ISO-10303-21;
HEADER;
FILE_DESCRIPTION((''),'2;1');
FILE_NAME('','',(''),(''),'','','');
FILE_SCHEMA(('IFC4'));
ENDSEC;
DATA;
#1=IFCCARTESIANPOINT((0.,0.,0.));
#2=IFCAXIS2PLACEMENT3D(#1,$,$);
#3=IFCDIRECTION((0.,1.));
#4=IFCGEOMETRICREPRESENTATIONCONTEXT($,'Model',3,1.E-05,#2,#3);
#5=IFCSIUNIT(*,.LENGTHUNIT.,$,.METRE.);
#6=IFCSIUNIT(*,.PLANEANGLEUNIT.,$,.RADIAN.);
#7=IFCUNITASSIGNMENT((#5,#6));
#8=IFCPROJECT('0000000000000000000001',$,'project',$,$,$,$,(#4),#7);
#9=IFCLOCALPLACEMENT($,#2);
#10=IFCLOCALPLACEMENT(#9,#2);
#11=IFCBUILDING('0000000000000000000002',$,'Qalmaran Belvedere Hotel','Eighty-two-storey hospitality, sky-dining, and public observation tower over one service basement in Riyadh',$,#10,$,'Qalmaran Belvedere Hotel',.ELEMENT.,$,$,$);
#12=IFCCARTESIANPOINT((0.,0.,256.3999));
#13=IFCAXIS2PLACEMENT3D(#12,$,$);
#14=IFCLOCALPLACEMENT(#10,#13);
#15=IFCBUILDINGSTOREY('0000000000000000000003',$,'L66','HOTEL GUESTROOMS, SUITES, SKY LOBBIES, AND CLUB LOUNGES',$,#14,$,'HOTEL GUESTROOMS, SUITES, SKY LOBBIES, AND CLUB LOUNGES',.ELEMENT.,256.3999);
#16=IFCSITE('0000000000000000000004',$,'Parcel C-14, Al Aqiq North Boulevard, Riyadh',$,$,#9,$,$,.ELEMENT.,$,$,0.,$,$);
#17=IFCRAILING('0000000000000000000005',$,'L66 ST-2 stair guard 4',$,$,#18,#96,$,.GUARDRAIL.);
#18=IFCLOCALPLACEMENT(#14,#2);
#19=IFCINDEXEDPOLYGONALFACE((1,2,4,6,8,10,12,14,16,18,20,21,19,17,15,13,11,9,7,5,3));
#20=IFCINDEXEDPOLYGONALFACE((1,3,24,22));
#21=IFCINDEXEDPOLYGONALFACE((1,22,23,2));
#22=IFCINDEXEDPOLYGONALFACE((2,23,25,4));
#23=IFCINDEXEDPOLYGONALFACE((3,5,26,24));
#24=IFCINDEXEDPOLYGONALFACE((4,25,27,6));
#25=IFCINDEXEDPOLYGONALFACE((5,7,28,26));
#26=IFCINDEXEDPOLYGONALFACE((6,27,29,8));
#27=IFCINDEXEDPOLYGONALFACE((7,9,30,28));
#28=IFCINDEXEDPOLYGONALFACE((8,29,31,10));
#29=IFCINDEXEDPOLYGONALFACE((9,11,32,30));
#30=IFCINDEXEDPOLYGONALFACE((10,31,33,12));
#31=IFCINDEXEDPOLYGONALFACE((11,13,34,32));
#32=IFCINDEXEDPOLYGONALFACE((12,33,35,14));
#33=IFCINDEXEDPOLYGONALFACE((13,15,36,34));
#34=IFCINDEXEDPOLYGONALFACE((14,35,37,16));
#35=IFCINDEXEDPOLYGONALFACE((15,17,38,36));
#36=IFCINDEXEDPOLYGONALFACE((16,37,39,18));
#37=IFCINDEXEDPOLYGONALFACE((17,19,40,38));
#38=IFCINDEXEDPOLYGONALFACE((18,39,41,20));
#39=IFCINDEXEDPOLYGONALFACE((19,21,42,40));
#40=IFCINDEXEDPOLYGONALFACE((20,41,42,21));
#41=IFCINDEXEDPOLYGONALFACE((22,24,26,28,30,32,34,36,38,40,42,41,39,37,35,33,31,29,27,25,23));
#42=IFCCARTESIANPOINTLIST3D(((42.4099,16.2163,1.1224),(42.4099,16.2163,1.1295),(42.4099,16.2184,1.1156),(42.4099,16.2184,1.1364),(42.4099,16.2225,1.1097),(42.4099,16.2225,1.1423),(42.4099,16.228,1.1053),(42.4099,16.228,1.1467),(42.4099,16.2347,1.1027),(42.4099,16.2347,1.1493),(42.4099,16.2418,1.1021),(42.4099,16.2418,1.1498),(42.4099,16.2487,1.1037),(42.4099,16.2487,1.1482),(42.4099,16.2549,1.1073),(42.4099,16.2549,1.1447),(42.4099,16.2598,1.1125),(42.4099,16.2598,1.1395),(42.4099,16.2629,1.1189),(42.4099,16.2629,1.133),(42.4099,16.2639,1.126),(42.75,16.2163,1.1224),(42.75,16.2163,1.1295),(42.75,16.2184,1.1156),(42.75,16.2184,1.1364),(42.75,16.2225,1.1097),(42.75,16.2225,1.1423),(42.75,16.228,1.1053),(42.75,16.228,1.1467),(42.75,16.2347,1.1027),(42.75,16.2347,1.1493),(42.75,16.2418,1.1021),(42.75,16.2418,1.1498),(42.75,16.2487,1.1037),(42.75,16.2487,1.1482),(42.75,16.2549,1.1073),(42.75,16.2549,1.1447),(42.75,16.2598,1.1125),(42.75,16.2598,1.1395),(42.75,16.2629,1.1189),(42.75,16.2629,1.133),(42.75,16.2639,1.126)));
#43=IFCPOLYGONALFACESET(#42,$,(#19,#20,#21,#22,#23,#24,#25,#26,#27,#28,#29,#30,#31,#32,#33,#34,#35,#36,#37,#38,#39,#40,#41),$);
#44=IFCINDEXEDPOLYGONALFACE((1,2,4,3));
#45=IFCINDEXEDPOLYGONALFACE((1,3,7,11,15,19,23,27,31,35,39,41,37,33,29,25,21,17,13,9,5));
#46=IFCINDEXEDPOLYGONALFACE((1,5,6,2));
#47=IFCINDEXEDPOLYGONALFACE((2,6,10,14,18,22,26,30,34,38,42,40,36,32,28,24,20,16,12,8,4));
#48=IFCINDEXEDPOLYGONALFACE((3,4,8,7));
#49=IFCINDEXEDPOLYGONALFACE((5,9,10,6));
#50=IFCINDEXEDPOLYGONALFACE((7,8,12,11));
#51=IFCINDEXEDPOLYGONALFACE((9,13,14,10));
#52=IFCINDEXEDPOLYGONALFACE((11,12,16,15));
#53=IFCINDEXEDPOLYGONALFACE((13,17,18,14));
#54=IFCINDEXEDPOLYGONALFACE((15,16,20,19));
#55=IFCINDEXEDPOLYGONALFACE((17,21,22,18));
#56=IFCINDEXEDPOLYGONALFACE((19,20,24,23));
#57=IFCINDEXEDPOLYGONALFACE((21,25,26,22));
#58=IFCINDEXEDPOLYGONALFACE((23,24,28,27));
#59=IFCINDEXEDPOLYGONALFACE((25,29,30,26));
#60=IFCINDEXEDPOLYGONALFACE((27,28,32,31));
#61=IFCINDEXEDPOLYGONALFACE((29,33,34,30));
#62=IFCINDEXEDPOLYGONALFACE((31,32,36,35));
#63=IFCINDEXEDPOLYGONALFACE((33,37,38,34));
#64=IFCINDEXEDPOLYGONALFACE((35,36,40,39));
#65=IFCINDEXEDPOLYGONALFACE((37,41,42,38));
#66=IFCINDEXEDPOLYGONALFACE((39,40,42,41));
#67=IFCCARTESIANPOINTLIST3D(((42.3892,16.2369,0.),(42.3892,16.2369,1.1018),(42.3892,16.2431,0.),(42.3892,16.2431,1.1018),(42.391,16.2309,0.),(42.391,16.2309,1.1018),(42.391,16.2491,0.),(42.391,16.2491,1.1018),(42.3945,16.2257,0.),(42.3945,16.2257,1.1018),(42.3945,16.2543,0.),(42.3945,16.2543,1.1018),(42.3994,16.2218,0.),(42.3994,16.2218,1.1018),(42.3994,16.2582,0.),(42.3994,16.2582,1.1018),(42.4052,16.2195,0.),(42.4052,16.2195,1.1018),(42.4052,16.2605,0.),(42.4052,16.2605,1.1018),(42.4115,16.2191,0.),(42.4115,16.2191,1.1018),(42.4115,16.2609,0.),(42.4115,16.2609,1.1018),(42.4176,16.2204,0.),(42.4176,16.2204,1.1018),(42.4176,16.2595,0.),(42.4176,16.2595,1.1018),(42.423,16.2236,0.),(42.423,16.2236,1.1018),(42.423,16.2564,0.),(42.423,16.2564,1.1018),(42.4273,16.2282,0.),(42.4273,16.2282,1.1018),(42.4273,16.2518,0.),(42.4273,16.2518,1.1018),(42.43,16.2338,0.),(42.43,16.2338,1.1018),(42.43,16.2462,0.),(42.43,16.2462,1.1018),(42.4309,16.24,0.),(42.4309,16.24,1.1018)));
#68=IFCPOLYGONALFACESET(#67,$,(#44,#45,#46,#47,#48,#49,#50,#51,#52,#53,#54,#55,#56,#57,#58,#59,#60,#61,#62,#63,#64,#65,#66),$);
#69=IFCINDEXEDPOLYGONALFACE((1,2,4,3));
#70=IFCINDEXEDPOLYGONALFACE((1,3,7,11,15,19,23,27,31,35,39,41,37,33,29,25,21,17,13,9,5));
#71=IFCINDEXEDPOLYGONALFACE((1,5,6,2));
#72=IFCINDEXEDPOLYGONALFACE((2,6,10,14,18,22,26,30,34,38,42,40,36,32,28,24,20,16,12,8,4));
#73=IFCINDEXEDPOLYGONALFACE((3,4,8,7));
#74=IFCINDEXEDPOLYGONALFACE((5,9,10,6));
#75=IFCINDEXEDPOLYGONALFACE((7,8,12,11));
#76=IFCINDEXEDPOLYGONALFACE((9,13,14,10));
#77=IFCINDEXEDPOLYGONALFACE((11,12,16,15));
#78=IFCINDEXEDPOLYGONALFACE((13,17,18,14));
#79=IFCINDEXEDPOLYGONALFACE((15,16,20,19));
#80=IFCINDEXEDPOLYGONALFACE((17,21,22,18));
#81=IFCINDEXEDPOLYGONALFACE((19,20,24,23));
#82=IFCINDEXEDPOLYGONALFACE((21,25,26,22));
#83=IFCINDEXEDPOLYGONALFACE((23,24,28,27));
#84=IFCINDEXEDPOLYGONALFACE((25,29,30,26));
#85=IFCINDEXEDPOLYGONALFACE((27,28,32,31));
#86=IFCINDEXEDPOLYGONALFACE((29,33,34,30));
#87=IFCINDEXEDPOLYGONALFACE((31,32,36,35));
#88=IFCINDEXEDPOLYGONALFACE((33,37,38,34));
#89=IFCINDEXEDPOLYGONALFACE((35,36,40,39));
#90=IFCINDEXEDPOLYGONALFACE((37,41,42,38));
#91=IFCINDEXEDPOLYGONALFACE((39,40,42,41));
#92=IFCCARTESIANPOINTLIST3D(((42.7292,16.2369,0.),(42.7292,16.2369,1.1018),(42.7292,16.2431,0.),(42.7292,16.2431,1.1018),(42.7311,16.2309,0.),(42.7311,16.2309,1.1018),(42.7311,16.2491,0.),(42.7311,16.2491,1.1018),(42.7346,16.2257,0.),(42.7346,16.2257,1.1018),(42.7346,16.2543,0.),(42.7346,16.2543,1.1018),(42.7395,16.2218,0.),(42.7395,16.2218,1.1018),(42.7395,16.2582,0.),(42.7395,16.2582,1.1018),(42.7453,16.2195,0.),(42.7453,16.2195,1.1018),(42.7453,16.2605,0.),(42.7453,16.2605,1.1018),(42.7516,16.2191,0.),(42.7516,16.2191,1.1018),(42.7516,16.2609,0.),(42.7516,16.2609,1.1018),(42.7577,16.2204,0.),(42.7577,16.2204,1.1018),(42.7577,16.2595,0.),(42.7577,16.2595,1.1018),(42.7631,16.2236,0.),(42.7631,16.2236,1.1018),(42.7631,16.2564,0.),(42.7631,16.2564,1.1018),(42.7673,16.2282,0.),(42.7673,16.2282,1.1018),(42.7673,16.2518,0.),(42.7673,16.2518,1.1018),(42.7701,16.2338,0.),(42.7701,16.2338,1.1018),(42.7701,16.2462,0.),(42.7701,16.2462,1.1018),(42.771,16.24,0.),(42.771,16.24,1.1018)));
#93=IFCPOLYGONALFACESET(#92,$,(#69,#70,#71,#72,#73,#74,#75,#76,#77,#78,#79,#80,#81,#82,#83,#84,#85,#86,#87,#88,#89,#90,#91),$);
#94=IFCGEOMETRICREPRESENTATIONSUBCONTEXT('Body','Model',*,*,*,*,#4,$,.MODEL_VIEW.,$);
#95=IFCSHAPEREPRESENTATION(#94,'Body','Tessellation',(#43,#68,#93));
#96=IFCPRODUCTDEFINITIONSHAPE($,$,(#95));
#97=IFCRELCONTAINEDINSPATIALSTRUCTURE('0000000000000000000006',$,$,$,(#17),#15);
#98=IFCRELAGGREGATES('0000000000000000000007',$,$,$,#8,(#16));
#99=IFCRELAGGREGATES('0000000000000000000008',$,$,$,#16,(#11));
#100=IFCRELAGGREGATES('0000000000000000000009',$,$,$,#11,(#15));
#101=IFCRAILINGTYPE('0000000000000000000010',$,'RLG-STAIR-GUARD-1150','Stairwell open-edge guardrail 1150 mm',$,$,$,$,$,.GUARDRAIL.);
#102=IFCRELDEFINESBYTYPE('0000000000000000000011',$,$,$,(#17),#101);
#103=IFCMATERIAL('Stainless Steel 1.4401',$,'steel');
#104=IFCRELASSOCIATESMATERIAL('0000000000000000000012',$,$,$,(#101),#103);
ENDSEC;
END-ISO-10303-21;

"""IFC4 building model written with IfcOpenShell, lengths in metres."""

from ifc_helpers import new_model, si_unit, direction, frame, origin, origin_2d, place, context, subcontext, project, spatial, circle, extrude, material, type_object, element, save


model = new_model("IFC4")

# Units and contexts
model_context = context("Model", 3, precision=1e-05, world=origin(), true_north=direction((0.0, 1.0)))
body_context = subcontext(model_context, "Body", "Model", "MODEL_VIEW")
ifc_project = project(units=[si_unit("LENGTHUNIT", "METRE"), si_unit("PLANEANGLEUNIT", "RADIAN")], contexts=[model_context])

# Site, building, storey
site_placement = place(None, origin())
site = spatial("IfcSite", under=ifc_project, at=site_placement, Name="Parcel C-14, Al Aqiq North Boulevard, Riyadh", CompositionType="ELEMENT", RefElevation=0.0)
building_placement = place(site_placement, origin())
building = spatial("IfcBuilding", under=site, at=building_placement, Name="Qalmaran Belvedere Hotel", Description="Eighty-two-storey hospitality, sky-dining, and public observation tower over one service basement in Riyadh", LongName="Qalmaran Belvedere Hotel", CompositionType="ELEMENT")
storey_placement = place(building_placement, frame((0.0, 0.0, 256.3999)))
storey = spatial("IfcBuildingStorey", under=building, at=storey_placement, Name="L66", Description="HOTEL GUESTROOMS, SUITES, SKY LOBBIES, AND CLUB LOUNGES", LongName="HOTEL GUESTROOMS, SUITES, SKY LOBBIES, AND CLUB LOUNGES", CompositionType="ELEMENT", Elevation=256.3999)

# Railing
ifc_material_1 = material(Name="Stainless Steel 1.4401", Category="steel")
railing_type_1 = type_object("IfcRailingType", Name="RLG-STAIR-GUARD-1150", Description="Stairwell open-edge guardrail 1150 mm", PredefinedType="GUARDRAIL", material=ifc_material_1)
railing_1_placement = place(storey_placement, frame((42.4099, 16.24, 0.0)))
element("IfcRailing", 1, at=railing_1_placement, inside=storey, type_object=railing_type_1, Name="L66 ST-2 stair guard 4", PredefinedType="GUARDRAIL", context=body_context, shape_type="SweptSolid", body=[
    extrude(circle(Radius=0.0239, at=origin_2d()), frame((0.0, 0.0, 1.126), z_axis=(1.0, 0.0, 0.0), x_axis=(0.0, 1.0, 0.0)), (0.0, 0.0, 1.0), 0.3401),
    extrude(circle(Radius=0.021, at=origin_2d()), origin(), (0.0, 0.0, 1.0), 1.1018),
    extrude(circle(Radius=0.021, at=origin_2d()), frame((0.3401, 0.0, 0.0)), (0.0, 0.0, 1.0), 1.1018),
])

save(model, "model.ifc")
